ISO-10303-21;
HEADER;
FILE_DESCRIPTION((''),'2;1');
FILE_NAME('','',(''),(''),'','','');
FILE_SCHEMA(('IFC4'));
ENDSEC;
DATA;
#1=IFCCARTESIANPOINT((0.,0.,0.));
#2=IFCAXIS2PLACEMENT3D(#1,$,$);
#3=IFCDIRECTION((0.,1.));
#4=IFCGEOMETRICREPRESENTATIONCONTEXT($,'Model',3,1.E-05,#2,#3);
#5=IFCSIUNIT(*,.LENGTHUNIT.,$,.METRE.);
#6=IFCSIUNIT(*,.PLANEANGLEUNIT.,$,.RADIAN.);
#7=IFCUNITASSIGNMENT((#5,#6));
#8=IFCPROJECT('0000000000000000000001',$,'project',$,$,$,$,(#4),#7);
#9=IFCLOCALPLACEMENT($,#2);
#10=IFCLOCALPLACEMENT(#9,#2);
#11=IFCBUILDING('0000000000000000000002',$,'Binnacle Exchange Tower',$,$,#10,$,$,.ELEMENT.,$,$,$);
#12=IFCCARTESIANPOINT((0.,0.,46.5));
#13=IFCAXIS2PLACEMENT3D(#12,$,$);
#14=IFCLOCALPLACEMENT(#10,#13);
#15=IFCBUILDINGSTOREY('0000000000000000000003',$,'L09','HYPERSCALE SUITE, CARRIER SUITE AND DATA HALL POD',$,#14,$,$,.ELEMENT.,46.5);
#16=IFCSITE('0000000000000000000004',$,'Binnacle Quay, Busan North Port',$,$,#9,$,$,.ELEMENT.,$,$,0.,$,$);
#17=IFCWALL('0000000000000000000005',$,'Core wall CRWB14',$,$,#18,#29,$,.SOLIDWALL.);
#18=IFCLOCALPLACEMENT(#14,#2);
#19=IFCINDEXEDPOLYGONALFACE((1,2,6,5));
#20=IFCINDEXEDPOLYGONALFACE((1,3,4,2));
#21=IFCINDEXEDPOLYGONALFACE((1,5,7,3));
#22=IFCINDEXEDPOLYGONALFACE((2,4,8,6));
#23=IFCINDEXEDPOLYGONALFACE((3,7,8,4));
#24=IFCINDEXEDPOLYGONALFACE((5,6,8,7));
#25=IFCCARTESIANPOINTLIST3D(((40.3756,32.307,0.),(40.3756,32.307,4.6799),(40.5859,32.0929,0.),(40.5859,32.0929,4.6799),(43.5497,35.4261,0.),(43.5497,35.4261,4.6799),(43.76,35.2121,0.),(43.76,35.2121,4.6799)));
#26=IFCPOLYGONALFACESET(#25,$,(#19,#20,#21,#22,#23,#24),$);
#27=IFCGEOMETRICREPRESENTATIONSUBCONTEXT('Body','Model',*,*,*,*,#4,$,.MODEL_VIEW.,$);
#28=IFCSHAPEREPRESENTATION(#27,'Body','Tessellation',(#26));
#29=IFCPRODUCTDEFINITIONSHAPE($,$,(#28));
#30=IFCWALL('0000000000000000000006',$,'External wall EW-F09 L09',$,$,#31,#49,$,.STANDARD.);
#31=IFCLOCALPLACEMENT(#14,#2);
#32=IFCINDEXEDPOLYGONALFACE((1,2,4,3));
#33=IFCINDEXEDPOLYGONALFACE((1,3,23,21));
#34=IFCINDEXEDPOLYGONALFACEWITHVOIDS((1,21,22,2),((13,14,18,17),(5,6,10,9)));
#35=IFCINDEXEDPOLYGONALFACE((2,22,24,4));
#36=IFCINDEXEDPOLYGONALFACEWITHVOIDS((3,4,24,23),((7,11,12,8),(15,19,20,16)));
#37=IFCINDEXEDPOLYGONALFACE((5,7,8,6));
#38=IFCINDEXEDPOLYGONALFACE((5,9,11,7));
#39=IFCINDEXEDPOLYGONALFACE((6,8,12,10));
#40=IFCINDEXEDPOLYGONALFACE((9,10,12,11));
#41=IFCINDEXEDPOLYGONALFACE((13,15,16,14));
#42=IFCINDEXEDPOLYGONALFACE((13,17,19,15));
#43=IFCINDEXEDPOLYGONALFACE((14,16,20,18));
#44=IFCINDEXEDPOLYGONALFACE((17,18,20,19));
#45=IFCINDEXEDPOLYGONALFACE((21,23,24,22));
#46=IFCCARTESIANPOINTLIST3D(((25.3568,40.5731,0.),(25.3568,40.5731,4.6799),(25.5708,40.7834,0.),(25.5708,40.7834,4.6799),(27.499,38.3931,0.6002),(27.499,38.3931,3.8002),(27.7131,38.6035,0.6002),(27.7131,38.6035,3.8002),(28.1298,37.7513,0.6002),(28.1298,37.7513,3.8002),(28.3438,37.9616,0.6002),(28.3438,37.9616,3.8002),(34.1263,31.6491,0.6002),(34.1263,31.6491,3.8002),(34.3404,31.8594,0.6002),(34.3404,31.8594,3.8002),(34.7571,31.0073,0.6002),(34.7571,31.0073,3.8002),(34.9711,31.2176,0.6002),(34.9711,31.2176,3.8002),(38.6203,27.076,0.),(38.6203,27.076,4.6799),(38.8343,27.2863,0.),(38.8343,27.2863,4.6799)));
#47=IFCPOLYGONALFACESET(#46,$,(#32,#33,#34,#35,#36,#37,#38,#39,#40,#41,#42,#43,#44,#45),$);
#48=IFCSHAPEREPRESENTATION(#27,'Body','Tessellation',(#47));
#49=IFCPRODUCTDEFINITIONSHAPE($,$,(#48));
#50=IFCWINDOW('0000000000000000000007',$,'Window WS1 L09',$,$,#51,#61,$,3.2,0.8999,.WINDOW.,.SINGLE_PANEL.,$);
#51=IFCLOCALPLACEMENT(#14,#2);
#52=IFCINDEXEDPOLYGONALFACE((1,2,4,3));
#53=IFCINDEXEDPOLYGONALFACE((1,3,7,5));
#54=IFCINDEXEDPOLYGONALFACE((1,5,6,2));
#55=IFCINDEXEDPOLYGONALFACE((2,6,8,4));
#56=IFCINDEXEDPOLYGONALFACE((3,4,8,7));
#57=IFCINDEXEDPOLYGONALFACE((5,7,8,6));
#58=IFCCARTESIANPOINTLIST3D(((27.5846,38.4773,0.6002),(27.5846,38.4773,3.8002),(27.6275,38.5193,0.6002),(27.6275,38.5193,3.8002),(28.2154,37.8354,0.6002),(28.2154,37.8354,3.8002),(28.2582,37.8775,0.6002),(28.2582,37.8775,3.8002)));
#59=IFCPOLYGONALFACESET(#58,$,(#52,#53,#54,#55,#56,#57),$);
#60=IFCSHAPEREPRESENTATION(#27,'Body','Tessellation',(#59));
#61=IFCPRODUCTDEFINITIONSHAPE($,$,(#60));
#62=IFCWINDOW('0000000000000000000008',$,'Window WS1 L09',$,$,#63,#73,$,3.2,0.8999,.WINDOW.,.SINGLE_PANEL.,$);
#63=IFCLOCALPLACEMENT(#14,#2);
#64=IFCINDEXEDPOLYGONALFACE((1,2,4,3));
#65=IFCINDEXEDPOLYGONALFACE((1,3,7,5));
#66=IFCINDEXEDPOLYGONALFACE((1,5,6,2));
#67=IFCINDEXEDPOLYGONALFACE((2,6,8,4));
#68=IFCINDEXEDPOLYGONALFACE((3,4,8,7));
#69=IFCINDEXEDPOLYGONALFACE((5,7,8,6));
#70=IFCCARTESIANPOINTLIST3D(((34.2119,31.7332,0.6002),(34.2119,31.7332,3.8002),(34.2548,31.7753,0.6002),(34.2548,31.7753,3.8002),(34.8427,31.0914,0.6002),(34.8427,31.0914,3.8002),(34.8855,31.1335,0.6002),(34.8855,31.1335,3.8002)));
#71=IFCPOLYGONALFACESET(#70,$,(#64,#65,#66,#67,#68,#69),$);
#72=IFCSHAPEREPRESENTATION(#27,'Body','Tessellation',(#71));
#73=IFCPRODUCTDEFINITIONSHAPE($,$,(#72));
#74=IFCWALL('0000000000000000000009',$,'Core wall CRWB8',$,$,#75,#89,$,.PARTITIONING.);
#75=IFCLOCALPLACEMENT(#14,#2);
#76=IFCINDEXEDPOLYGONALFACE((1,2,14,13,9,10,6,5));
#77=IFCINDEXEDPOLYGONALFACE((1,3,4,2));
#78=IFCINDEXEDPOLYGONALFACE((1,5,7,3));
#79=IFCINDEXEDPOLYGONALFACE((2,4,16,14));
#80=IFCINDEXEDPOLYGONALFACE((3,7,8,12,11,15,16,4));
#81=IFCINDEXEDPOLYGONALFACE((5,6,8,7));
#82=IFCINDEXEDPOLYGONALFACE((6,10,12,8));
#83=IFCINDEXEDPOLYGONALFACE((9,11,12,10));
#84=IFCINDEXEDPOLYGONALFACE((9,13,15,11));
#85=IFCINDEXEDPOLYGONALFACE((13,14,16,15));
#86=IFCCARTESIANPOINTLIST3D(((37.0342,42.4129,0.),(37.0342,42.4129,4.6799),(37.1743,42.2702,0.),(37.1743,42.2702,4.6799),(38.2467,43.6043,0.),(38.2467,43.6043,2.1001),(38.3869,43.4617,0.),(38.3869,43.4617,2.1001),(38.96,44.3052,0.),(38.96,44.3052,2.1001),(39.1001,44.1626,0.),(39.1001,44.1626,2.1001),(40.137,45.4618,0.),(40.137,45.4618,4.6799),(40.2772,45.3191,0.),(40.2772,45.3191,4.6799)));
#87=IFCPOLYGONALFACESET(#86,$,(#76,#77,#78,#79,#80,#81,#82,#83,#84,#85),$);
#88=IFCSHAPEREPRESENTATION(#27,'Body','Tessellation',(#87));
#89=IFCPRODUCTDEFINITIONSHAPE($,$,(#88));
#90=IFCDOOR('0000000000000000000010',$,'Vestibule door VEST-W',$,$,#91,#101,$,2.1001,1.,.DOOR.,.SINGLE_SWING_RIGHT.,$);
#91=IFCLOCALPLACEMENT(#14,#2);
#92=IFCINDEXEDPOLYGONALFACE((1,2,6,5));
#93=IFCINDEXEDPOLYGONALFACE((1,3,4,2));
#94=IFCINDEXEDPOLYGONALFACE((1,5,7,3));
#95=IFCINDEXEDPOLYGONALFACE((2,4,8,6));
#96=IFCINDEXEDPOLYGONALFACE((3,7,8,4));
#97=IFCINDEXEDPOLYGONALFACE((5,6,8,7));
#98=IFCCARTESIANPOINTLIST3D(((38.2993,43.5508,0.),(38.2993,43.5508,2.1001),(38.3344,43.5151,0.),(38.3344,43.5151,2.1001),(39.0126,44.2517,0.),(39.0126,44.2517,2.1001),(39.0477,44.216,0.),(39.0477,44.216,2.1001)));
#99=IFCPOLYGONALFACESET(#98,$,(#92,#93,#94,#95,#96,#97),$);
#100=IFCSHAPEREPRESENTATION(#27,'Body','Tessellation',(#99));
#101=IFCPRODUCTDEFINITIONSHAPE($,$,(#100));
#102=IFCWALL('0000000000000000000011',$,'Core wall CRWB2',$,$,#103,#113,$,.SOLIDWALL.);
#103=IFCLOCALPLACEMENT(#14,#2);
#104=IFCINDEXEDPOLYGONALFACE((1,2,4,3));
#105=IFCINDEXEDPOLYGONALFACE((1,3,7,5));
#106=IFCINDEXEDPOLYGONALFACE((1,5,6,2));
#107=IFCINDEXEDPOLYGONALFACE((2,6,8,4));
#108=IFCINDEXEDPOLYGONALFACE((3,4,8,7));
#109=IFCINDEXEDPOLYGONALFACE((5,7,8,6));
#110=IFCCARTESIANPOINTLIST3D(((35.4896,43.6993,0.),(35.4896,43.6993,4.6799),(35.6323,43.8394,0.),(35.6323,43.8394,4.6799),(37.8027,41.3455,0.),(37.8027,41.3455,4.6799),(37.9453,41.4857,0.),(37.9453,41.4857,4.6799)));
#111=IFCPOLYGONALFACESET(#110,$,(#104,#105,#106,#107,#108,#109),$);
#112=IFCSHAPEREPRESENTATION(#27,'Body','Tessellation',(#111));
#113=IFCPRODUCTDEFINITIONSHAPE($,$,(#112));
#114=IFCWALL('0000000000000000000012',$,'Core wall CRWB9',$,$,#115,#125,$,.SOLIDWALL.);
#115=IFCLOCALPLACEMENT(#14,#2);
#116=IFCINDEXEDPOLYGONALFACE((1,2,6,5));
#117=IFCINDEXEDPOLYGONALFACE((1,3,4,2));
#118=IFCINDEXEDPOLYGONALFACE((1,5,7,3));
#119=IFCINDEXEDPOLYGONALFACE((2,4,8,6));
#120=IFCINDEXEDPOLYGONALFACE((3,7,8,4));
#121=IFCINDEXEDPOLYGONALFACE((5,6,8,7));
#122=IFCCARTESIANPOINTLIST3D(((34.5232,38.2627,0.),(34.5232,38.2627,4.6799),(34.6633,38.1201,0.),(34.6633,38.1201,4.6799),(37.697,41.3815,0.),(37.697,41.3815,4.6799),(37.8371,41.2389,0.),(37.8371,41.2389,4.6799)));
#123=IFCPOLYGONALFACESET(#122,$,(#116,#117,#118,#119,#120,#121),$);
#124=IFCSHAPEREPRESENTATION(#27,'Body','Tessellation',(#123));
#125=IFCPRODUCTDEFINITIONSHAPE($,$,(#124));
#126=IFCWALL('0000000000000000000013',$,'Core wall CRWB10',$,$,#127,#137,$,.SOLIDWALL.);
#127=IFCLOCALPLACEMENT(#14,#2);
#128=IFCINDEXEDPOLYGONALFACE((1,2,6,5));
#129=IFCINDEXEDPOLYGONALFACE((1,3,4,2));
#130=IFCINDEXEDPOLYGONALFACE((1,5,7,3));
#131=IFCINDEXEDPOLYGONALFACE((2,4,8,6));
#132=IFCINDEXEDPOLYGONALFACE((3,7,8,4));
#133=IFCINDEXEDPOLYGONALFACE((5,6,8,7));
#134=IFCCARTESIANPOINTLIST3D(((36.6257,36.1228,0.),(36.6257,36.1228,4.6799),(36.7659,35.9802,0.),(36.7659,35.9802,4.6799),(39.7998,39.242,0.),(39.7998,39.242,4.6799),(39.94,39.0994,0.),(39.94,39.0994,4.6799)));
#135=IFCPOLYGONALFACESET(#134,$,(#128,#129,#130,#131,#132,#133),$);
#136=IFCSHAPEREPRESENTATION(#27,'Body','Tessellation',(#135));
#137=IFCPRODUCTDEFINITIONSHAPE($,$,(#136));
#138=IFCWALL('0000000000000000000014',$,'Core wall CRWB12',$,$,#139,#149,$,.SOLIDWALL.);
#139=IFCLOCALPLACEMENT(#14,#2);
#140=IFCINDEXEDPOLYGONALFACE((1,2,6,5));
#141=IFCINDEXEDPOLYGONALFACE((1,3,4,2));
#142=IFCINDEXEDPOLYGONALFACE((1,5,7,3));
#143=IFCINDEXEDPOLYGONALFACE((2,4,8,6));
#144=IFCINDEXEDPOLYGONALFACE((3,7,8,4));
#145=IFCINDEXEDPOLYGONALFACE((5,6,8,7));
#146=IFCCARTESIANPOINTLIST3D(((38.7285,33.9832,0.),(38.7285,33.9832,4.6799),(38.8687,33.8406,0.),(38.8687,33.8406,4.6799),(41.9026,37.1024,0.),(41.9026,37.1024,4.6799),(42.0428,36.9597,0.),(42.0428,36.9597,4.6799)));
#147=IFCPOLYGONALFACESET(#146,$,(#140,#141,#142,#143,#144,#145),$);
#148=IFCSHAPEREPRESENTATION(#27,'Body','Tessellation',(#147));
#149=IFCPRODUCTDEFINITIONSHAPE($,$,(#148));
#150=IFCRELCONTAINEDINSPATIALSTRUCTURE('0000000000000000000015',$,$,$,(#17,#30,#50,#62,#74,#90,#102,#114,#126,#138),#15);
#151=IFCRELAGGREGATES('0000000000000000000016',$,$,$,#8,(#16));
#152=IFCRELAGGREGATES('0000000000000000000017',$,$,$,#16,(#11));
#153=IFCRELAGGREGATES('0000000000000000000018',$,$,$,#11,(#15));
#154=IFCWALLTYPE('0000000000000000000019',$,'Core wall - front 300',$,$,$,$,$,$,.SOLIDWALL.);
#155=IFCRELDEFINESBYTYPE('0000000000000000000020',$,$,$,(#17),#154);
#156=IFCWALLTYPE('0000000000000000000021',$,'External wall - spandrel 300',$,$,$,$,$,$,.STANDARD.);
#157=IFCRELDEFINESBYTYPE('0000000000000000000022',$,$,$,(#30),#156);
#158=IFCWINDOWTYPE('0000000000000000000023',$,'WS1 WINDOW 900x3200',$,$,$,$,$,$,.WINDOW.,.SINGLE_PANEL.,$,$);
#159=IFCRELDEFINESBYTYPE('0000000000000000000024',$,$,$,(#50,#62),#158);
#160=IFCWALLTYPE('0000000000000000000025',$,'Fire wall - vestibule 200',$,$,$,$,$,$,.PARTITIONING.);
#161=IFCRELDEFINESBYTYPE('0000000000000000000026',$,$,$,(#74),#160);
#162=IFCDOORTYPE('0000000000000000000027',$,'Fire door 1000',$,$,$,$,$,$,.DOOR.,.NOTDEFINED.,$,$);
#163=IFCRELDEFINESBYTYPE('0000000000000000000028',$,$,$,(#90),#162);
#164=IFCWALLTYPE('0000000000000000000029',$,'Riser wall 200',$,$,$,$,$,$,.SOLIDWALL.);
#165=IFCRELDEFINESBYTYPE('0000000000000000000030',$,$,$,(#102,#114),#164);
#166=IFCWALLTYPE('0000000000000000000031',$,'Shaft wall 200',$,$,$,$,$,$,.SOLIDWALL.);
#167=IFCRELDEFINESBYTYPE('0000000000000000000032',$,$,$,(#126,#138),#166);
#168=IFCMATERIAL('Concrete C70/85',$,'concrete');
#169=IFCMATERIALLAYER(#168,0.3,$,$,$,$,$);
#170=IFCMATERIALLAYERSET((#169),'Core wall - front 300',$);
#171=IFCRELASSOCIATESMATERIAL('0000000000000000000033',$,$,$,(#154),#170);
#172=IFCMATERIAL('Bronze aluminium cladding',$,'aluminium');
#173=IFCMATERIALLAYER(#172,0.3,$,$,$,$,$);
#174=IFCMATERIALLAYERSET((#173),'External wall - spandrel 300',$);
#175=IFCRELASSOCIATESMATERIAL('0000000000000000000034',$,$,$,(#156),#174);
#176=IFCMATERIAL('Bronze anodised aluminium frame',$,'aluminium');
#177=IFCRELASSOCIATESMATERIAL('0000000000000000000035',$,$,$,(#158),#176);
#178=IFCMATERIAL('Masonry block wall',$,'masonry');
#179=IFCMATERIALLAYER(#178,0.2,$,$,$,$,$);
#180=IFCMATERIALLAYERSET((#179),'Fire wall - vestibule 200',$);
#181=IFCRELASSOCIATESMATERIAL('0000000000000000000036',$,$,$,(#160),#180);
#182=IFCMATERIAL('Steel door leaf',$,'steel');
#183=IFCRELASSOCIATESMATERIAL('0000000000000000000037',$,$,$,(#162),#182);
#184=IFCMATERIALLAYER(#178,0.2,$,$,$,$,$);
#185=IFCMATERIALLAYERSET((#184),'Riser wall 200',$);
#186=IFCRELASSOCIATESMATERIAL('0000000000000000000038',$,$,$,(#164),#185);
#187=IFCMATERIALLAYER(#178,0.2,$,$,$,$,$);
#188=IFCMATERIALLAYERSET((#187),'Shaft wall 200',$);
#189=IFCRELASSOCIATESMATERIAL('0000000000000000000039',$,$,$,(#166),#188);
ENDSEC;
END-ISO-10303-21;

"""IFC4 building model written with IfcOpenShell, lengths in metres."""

from ifc_helpers import new_model, si_unit, direction, frame, frame_2d, origin, place, context, subcontext, project, spatial, rectangle, extrude, material, layer, layer_set, type_object, element, fill, save


model = new_model("IFC4")

# Units and contexts
model_context = context("Model", 3, precision=1e-05, world=origin(), true_north=direction((0.0, 1.0)))
body_context = subcontext(model_context, "Body", "Model", "MODEL_VIEW")
ifc_project = project(units=[si_unit("LENGTHUNIT", "METRE"), si_unit("PLANEANGLEUNIT", "RADIAN")], contexts=[model_context])

# Site, building, storey
site_placement = place(None, origin())
site = spatial("IfcSite", under=ifc_project, at=site_placement, Name="Binnacle Quay, Busan North Port", CompositionType="ELEMENT", RefElevation=0.0)
building_placement = place(site_placement, origin())
building = spatial("IfcBuilding", under=site, at=building_placement, Name="Binnacle Exchange Tower", CompositionType="ELEMENT")
storey_placement = place(building_placement, frame((0.0, 0.0, 46.5)))
storey = spatial("IfcBuildingStorey", under=building, at=storey_placement, Name="L09", Description="HYPERSCALE SUITE, CARRIER SUITE AND DATA HALL POD", CompositionType="ELEMENT", Elevation=46.5)

# Shared definitions
ifc_material_1 = material(Name="Concrete C70/85", Category="concrete")

# Shared definitions
ifc_layer_1 = layer(ifc_material_1, 0.3)
ifc_layer_set_1 = layer_set([ifc_layer_1], Name="Core wall - front 300")
wall_type_1 = type_object("IfcWallType", Name="Core wall - front 300", PredefinedType="SOLIDWALL", material=ifc_layer_set_1)
ifc_material_2 = material(Name="Steel door leaf", Category="steel")

# Wall
wall_1_placement = place(storey_placement, frame((40.4807, 32.2, 0.0), z_axis=(0.0, 0.0, 1.0), x_axis=(0.713252, 0.700908, 0.0)))
element("IfcWall", 1, at=wall_1_placement, inside=storey, type_object=wall_type_1, Name="Core wall CRWB14", PredefinedType="SOLIDWALL", context=body_context, shape_type="SweptSolid", body=[
    extrude(rectangle(XDim=4.4502, YDim=0.3, at=frame_2d((2.2251, 0.0))), origin(), (0.0, 0.0, 1.0), 4.6799),
])

# Wall, openings, windows
ifc_material_3 = material(Name="Bronze aluminium cladding", Category="aluminium")
ifc_layer_2 = layer(ifc_material_3, 0.3)
ifc_layer_set_2 = layer_set([ifc_layer_2], Name="External wall - spandrel 300")
wall_type_2 = type_object("IfcWallType", Name="External wall - spandrel 300", PredefinedType="STANDARD", material=ifc_layer_set_2)
wall_2_placement = place(storey_placement, frame((38.7273, 27.1812, 0.0), z_axis=(0.0, 0.0, 1.0), x_axis=(-0.700906, 0.713253, 0.0)))
wall_2 = element("IfcWall", 2, at=wall_2_placement, inside=storey, type_object=wall_type_2, Name="External wall EW-F09 L09", PredefinedType="STANDARD", context=body_context, shape_type="SweptSolid", body=[
    extrude(rectangle(XDim=18.9233, YDim=0.3, at=frame_2d((9.4617, 0.0))), origin(), (0.0, 0.0, 1.0), 4.6799),
])
opening_1_placement = place(wall_2_placement, frame((14.967, 0.0, 0.6001)))
opening_1 = element("IfcOpeningElement", 3, at=opening_1_placement, cuts=wall_2, PredefinedType="OPENING", context=body_context, shape_type="SweptSolid", body=[
    extrude(rectangle(XDim=0.8999, YDim=3.2, at=frame_2d((0.45, 1.6001))), frame((0.0, 0.1599, 0.0), z_axis=(0.0, -1.0, 0.0), x_axis=(1.0, 0.0, 0.0)), (0.0, 0.0, 1.0), 0.3201),
])
opening_2_placement = place(wall_2_placement, frame((5.5117, 0.0, 0.6001)))
opening_2 = element("IfcOpeningElement", 4, at=opening_2_placement, cuts=wall_2, PredefinedType="OPENING", context=body_context, shape_type="SweptSolid", body=[
    extrude(rectangle(XDim=0.8999, YDim=3.2, at=frame_2d((0.45, 1.6001))), frame((0.0, 0.1599, 0.0), z_axis=(0.0, -1.0, 0.0), x_axis=(1.0, 0.0, 0.0)), (0.0, 0.0, 1.0), 0.3201),
])
ifc_material_4 = material(Name="Bronze anodised aluminium frame", Category="aluminium")
window_type = type_object("IfcWindowType", Name="WS1 WINDOW 900x3200", PartitioningType="SINGLE_PANEL", PredefinedType="WINDOW", material=ifc_material_4)
window_1_placement = place(opening_1_placement, origin())
window_1 = element("IfcWindow", 5, at=window_1_placement, inside=storey, type_object=window_type, Name="Window WS1 L09", OverallHeight=3.2, OverallWidth=0.8999, PartitioningType="SINGLE_PANEL", PredefinedType="WINDOW", context=body_context, shape_type="SweptSolid", body=[
    extrude(rectangle(XDim=0.8999, YDim=3.2, at=frame_2d((0.45, 1.6001))), frame((0.0, 0.03, 0.0), z_axis=(0.0, -1.0, 0.0), x_axis=(1.0, 0.0, 0.0)), (0.0, 0.0, 1.0), 0.0601),
])
fill(opening_1, window_1)
window_2_placement = place(opening_2_placement, origin())
window_2 = element("IfcWindow", 6, at=window_2_placement, inside=storey, type_object=window_type, Name="Window WS1 L09", OverallHeight=3.2, OverallWidth=0.8999, PartitioningType="SINGLE_PANEL", PredefinedType="WINDOW", context=body_context, shape_type="SweptSolid", body=[
    extrude(rectangle(XDim=0.8999, YDim=3.2, at=frame_2d((0.45, 1.6001))), frame((0.0, 0.03, 0.0), z_axis=(0.0, -1.0, 0.0), x_axis=(1.0, 0.0, 0.0)), (0.0, 0.0, 1.0), 0.0601),
])
fill(opening_2, window_2)

# Wall, opening, door
ifc_material_5 = material(Name="Masonry block wall", Category="masonry")
ifc_layer_3 = layer(ifc_material_5, 0.2)
ifc_layer_set_3 = layer_set([ifc_layer_3], Name="Fire wall - vestibule 200")
wall_type_3 = type_object("IfcWallType", Name="Fire wall - vestibule 200", PredefinedType="PARTITIONING", material=ifc_layer_set_3)
wall_3_placement = place(storey_placement, frame((37.1042, 42.3416, 0.0), z_axis=(0.0, 0.0, 1.0), x_axis=(0.713281, 0.700878, 0.0)))
wall_3 = element("IfcWall", 7, at=wall_3_placement, inside=storey, type_object=wall_type_3, Name="Core wall CRWB8", PredefinedType="PARTITIONING", context=body_context, shape_type="SweptSolid", body=[
    extrude(rectangle(XDim=4.3501, YDim=0.2, at=frame_2d((2.175, 0.0))), origin(), (0.0, 0.0, 1.0), 4.6799),
])
opening_3_placement = place(wall_3_placement, frame((1.7, 0.0, 0.0)))
opening_3 = element("IfcOpeningElement", 8, at=opening_3_placement, cuts=wall_3, PredefinedType="OPENING", context=body_context, shape_type="SweptSolid", body=[
    extrude(rectangle(XDim=1.0, YDim=2.1001, at=frame_2d((0.5, 1.05))), frame((0.0, 0.1099, 0.0), z_axis=(0.0, -1.0, 0.0), x_axis=(1.0, 0.0, 0.0)), (0.0, 0.0, 1.0), 0.22),
])
door_type_1 = type_object("IfcDoorType", Name="Fire door 1000", OperationType="NOTDEFINED", PredefinedType="DOOR", material=ifc_material_2)
door_1_placement = place(opening_3_placement, origin())
door_1 = element("IfcDoor", 9, at=door_1_placement, inside=storey, type_object=door_type_1, Name="Vestibule door VEST-W", OperationType="SINGLE_SWING_RIGHT", OverallHeight=2.1001, OverallWidth=1.0, PredefinedType="DOOR", context=body_context, shape_type="SweptSolid", body=[
    extrude(rectangle(XDim=1.0, YDim=2.1001, at=frame_2d((0.5, 1.05))), frame((0.0, 0.0249, 0.0), z_axis=(0.0, -1.0, 0.0), x_axis=(1.0, 0.0, 0.0)), (0.0, 0.0, 1.0), 0.05),
])
fill(opening_3, door_1)

# Walls
ifc_layer_4 = layer(ifc_material_5, 0.2)
ifc_layer_set_4 = layer_set([ifc_layer_4], Name="Riser wall 200")
wall_type_4 = type_object("IfcWallType", Name="Riser wall 200", PredefinedType="SOLIDWALL", material=ifc_layer_set_4)
wall_4_placement = place(storey_placement, frame((35.561, 43.7693, 0.0), z_axis=(0.0, 0.0, 1.0), x_axis=(0.700902, -0.713257, 0.0)))
element("IfcWall", 10, at=wall_4_placement, inside=storey, type_object=wall_type_4, Name="Core wall CRWB2", PredefinedType="SOLIDWALL", context=body_context, shape_type="SweptSolid", body=[
    extrude(rectangle(XDim=3.3, YDim=0.2, at=frame_2d((1.6499, 0.0))), origin(), (0.0, 0.0, 1.0), 4.6799),
])
wall_5_placement = place(storey_placement, frame((34.5933, 38.1914, 0.0), z_axis=(0.0, 0.0, 1.0), x_axis=(0.713252, 0.700907, 0.0)))
element("IfcWall", 11, at=wall_5_placement, inside=storey, type_object=wall_type_4, Name="Core wall CRWB9", PredefinedType="SOLIDWALL", context=body_context, shape_type="SweptSolid", body=[
    extrude(rectangle(XDim=4.4497, YDim=0.2, at=frame_2d((2.2249, 0.0))), origin(), (0.0, 0.0, 1.0), 4.6799),
])
ifc_layer_5 = layer(ifc_material_5, 0.2)
ifc_layer_set_5 = layer_set([ifc_layer_5], Name="Shaft wall 200")
wall_type_5 = type_object("IfcWallType", Name="Shaft wall 200", PredefinedType="SOLIDWALL", material=ifc_layer_set_5)
for number, where, z_axis, x_axis, name in (
    (12, (36.6958, 36.0515, 0.0), (0.0, 0.0, 1.0), (0.713252, 0.700908, 0.0), "Core wall CRWB10"),
    (13, (38.7986, 33.9119, 0.0), (0.0, 0.0, 1.0), (0.713252, 0.700908, 0.0), "Core wall CRWB12"),
):
    element("IfcWall", number, at=place(storey_placement, frame(where, z_axis=z_axis, x_axis=x_axis)), inside=storey, type_object=wall_type_5, Name=name, PredefinedType="SOLIDWALL", context=body_context, shape_type="SweptSolid", body=[
        extrude(rectangle(XDim=4.4502, YDim=0.2, at=frame_2d((2.2251, 0.0))), origin(), (0.0, 0.0, 1.0), 4.6799),
    ])

save(model, "model.ifc")
